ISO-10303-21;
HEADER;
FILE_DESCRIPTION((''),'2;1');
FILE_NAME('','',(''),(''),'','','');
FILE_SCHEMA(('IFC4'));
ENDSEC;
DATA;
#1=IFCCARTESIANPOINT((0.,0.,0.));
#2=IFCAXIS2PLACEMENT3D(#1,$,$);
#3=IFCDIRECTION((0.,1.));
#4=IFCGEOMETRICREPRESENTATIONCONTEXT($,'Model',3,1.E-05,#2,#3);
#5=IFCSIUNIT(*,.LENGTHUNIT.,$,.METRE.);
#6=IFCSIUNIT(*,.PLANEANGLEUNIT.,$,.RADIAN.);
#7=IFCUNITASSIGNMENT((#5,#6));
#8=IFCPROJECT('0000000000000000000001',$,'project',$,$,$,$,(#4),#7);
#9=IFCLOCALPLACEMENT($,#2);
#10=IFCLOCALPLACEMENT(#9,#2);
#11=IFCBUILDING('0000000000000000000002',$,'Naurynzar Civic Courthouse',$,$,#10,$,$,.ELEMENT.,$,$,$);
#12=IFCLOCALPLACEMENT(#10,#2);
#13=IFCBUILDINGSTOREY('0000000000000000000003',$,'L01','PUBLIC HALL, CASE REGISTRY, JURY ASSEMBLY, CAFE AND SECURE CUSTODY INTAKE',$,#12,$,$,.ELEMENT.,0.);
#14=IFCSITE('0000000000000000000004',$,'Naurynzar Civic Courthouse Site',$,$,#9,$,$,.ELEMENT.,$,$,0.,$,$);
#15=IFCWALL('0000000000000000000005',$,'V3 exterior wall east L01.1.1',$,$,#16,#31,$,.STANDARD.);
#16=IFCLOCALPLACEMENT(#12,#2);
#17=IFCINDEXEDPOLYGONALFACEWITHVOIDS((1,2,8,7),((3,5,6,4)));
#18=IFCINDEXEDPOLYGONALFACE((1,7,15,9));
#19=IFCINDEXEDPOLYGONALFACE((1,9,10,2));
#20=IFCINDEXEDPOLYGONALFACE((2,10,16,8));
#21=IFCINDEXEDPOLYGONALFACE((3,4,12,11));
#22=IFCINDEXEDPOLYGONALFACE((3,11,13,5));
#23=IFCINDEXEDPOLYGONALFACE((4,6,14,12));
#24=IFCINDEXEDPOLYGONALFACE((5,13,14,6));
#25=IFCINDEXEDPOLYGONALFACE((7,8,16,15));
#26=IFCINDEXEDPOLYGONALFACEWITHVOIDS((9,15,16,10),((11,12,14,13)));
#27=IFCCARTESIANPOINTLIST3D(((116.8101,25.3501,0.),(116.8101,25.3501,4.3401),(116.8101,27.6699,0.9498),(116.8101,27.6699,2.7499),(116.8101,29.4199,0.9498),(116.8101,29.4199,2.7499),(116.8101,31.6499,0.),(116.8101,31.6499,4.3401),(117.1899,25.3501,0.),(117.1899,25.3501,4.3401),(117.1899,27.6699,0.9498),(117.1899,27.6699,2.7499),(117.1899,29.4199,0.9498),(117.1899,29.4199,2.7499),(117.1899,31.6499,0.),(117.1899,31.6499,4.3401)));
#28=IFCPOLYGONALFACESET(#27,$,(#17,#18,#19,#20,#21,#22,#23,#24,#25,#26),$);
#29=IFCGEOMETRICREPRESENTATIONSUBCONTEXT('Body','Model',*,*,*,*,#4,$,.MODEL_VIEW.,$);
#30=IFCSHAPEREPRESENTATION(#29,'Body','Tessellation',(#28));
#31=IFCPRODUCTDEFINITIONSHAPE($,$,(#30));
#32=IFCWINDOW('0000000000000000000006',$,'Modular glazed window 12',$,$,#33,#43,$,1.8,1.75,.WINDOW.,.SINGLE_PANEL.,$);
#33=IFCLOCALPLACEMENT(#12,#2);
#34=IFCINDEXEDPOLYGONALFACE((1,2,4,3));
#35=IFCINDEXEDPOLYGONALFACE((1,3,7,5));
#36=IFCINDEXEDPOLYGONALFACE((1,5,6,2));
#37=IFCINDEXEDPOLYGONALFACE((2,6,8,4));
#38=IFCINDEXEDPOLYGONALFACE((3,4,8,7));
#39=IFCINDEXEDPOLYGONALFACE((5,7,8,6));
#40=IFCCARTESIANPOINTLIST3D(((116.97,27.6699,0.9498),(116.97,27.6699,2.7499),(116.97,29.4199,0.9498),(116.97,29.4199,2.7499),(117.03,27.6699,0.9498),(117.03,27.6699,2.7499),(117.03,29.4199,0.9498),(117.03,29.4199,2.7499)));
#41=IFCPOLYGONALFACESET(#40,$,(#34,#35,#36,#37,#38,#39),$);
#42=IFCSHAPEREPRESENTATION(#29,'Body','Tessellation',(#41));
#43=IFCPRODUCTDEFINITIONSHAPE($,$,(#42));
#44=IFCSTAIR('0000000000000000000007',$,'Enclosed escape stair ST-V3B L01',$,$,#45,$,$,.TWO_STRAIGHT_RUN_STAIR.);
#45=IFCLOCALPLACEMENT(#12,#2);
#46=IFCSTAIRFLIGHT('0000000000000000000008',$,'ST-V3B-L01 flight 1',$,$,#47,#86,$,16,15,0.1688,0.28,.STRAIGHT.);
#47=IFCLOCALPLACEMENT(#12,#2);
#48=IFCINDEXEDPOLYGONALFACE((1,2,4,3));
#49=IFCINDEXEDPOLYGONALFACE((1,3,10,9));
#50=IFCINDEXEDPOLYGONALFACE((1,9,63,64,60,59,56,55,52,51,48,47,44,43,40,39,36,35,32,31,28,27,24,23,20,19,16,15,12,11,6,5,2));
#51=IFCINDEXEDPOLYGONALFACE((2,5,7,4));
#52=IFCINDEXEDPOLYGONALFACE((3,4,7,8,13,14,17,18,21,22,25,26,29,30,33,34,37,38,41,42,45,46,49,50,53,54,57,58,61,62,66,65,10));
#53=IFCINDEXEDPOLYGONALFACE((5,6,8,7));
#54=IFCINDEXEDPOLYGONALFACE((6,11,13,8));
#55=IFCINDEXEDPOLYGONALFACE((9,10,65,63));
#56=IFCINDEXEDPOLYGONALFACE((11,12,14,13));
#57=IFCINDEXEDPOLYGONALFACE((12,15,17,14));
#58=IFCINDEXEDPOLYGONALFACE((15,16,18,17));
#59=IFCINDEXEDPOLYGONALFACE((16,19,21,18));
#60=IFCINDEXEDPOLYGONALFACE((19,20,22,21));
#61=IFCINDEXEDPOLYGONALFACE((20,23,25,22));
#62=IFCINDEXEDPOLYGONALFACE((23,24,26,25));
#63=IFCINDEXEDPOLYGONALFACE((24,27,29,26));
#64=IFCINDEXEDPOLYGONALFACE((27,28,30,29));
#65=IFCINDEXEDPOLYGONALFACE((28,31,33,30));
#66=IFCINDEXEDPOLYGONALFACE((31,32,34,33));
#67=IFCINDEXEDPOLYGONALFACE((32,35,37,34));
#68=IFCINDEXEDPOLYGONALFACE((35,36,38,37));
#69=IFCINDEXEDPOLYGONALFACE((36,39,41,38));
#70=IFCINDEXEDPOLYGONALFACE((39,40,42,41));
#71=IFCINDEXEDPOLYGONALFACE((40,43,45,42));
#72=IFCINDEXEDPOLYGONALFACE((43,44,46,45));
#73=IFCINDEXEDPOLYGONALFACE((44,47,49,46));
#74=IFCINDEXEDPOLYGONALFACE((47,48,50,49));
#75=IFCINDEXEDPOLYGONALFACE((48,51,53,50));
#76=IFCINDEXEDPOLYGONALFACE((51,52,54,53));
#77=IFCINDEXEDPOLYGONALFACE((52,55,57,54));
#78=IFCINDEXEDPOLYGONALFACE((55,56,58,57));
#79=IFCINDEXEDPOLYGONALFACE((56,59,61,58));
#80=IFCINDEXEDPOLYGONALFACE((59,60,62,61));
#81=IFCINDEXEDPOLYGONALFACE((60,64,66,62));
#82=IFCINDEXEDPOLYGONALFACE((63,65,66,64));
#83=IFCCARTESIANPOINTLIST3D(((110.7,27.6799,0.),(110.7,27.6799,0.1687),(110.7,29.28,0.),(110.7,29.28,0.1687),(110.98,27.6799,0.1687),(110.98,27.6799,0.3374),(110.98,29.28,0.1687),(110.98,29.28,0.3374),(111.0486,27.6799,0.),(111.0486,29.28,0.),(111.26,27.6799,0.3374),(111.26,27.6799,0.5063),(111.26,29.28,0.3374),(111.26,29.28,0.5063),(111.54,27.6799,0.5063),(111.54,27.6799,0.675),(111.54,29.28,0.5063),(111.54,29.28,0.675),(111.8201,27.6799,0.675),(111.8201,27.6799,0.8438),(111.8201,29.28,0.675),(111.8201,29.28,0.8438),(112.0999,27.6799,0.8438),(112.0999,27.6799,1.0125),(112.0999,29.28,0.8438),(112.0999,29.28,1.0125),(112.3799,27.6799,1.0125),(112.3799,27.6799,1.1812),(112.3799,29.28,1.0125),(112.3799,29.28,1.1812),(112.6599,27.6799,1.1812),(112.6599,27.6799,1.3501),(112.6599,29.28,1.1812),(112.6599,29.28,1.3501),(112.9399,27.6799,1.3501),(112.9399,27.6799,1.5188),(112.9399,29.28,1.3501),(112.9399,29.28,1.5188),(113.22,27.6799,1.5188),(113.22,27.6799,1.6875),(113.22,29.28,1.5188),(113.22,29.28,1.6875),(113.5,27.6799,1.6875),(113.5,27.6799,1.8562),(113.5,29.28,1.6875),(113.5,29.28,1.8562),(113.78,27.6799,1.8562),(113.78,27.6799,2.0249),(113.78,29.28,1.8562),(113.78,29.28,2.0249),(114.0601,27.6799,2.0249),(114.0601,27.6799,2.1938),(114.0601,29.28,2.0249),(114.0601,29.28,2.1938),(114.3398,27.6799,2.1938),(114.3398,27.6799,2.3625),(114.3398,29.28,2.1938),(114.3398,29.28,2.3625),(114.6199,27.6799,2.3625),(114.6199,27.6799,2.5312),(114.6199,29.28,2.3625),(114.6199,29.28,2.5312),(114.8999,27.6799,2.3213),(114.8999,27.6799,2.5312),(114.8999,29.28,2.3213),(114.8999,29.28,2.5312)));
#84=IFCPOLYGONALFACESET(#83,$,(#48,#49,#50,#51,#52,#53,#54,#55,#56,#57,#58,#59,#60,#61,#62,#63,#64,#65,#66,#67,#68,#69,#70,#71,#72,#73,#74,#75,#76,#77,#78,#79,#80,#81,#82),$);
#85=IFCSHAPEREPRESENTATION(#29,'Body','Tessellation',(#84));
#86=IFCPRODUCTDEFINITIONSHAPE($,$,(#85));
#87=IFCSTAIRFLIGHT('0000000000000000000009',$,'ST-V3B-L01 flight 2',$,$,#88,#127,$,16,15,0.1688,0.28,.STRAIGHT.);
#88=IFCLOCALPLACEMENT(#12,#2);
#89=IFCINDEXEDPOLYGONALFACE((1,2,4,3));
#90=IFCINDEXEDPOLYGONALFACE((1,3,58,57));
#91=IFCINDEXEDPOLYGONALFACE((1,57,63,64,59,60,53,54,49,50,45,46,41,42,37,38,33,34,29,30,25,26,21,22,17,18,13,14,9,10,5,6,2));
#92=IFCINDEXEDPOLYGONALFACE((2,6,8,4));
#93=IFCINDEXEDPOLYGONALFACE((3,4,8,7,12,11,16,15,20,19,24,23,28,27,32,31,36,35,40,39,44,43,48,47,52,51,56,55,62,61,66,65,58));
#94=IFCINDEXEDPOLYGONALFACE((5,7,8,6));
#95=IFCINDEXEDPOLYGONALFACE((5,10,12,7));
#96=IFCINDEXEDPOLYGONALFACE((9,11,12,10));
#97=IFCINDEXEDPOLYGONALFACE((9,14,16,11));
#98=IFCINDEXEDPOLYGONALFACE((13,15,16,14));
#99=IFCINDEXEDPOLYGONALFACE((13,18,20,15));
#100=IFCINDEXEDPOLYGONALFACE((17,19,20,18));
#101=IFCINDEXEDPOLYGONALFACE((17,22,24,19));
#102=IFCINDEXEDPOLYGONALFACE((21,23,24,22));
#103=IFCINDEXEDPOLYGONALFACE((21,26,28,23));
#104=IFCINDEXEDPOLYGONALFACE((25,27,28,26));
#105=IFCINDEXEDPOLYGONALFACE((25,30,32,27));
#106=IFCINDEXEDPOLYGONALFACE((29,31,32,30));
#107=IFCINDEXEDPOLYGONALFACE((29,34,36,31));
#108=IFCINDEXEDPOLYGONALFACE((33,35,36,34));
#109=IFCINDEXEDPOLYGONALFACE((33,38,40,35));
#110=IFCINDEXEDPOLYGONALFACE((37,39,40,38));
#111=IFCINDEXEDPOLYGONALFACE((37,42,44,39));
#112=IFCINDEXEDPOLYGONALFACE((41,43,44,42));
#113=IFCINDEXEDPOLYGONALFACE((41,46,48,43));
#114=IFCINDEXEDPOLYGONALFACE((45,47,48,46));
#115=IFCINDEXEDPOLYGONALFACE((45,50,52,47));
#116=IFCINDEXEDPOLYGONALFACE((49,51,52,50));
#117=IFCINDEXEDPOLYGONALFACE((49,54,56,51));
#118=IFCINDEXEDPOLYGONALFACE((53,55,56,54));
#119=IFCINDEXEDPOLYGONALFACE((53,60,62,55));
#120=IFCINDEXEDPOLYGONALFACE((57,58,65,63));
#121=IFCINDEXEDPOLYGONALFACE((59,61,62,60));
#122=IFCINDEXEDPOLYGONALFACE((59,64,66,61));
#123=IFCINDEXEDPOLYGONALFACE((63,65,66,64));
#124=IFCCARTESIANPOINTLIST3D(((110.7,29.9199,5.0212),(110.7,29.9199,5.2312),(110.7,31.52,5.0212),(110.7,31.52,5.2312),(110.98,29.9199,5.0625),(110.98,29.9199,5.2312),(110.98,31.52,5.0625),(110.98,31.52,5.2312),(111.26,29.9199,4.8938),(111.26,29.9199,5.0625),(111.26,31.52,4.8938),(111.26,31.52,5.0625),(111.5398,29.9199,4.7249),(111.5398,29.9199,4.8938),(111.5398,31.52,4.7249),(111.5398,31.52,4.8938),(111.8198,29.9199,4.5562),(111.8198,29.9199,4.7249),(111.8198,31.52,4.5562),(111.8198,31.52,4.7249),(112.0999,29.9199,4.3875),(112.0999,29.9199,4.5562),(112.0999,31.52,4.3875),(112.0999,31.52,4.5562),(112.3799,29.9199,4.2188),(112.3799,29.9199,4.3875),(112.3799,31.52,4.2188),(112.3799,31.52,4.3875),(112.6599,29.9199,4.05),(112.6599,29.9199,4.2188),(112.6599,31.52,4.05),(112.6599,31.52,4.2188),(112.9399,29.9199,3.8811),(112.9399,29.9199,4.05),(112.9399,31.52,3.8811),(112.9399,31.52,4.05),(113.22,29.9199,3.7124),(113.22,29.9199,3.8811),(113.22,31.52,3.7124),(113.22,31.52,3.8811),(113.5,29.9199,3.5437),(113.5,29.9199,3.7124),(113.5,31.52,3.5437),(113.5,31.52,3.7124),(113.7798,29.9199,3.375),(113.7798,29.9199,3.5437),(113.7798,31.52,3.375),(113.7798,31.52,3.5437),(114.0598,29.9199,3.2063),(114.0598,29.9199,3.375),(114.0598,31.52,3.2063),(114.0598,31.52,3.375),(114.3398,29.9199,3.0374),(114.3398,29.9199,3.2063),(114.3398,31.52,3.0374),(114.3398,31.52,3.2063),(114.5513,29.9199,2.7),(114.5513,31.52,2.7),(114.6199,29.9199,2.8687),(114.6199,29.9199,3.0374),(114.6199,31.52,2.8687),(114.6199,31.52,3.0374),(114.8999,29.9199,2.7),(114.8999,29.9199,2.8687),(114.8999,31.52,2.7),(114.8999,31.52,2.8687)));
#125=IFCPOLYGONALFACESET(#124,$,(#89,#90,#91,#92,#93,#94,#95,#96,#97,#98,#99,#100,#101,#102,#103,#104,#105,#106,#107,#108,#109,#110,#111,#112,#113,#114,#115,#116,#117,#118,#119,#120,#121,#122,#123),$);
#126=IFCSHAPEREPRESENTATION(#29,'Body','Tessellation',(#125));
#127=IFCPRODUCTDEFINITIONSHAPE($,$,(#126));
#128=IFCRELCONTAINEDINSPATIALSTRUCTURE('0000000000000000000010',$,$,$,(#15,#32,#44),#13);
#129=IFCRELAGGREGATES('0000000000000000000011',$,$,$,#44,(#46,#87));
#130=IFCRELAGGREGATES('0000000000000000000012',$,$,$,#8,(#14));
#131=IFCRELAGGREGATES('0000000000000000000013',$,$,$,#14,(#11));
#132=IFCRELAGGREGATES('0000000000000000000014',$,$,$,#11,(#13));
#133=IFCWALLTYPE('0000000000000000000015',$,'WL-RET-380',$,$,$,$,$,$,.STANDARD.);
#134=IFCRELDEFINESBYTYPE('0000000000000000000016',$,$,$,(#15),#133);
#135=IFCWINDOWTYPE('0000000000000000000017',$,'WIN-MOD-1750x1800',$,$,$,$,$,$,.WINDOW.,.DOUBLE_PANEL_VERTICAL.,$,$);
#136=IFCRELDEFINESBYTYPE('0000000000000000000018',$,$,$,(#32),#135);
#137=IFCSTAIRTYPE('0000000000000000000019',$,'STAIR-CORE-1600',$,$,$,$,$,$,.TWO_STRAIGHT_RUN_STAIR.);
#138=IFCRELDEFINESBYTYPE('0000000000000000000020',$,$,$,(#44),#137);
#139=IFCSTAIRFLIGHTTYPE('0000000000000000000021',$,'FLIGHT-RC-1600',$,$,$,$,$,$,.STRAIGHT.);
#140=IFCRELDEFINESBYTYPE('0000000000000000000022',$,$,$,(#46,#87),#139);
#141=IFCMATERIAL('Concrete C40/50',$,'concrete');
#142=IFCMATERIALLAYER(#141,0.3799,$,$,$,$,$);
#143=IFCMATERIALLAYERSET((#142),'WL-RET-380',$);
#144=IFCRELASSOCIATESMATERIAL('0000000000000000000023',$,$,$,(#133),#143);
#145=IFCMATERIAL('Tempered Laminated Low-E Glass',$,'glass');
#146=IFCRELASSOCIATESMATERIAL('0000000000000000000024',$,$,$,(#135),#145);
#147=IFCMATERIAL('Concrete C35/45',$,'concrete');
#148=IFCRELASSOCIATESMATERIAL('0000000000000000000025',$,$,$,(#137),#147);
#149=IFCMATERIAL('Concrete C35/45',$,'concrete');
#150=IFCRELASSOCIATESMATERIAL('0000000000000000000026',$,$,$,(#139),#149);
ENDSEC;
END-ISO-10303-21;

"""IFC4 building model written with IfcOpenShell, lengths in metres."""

from ifc_helpers import new_model, si_unit, direction, frame, frame_2d, origin, place, context, subcontext, project, spatial, polyline, rectangle, outline, extrude, material, layer, layer_set, type_object, element, fill, aggregate, save


model = new_model("IFC4")

# Units and contexts
model_context = context("Model", 3, precision=1e-05, world=origin(), true_north=direction((0.0, 1.0)))
body_context = subcontext(model_context, "Body", "Model", "MODEL_VIEW")
ifc_project = project(units=[si_unit("LENGTHUNIT", "METRE"), si_unit("PLANEANGLEUNIT", "RADIAN")], contexts=[model_context])

# Site, building, storey
site_placement = place(None, origin())
site = spatial("IfcSite", under=ifc_project, at=site_placement, Name="Naurynzar Civic Courthouse Site", CompositionType="ELEMENT", RefElevation=0.0)
building_placement = place(site_placement, origin())
building = spatial("IfcBuilding", under=site, at=building_placement, Name="Naurynzar Civic Courthouse", CompositionType="ELEMENT")
storey_placement = place(building_placement, origin())
storey = spatial("IfcBuildingStorey", under=building, at=storey_placement, Name="L01", Description="PUBLIC HALL, CASE REGISTRY, JURY ASSEMBLY, CAFE AND SECURE CUSTODY INTAKE", CompositionType="ELEMENT", Elevation=0.0)

# Wall, opening, window
ifc_material_1 = material(Name="Concrete C40/50", Category="concrete")
ifc_layer_1 = layer(ifc_material_1, 0.3799)
ifc_layer_set_1 = layer_set([ifc_layer_1], Name="WL-RET-380")
wall_type_1 = type_object("IfcWallType", Name="WL-RET-380", PredefinedType="STANDARD", material=ifc_layer_set_1)
wall_1_placement = place(storey_placement, frame((117.0, 31.6499, 0.0), z_axis=(0.0, 0.0, 1.0), x_axis=(0.0, -1.0, 0.0)))
wall_1 = element("IfcWall", 1, at=wall_1_placement, inside=storey, type_object=wall_type_1, Name="V3 exterior wall east L01.1.1", PredefinedType="STANDARD", context=body_context, shape_type="SweptSolid", body=[
    extrude(rectangle(XDim=6.2998, YDim=0.3799, at=frame_2d((3.1499, 0.0))), origin(), (0.0, 0.0, 1.0), 4.3401),
])
opening_1_placement = place(wall_1_placement, frame((2.23, 0.0, 0.95)))
opening_1 = element("IfcOpeningElement", 2, at=opening_1_placement, cuts=wall_1, PredefinedType="OPENING", context=body_context, shape_type="SweptSolid", body=[
    extrude(rectangle(XDim=1.75, YDim=1.8, at=frame_2d((0.875, 0.8999))), frame((0.0, 0.2, 0.0), z_axis=(0.0, -1.0, 0.0), x_axis=(1.0, 0.0, 0.0)), (0.0, 0.0, 1.0), 0.3999),
])
ifc_material_2 = material(Name="Tempered Laminated Low-E Glass", Category="glass")
window_type_1 = type_object("IfcWindowType", Name="WIN-MOD-1750x1800", PartitioningType="DOUBLE_PANEL_VERTICAL", PredefinedType="WINDOW", material=ifc_material_2)
window_1_placement = place(opening_1_placement, origin())
window_1 = element("IfcWindow", 3, at=window_1_placement, inside=storey, type_object=window_type_1, Name="Modular glazed window 12", OverallHeight=1.8, OverallWidth=1.75, PartitioningType="SINGLE_PANEL", PredefinedType="WINDOW", context=body_context, shape_type="SweptSolid", body=[
    extrude(rectangle(XDim=1.75, YDim=1.8, at=frame_2d((0.875, 0.8999))), frame((0.0, 0.03, 0.0), z_axis=(0.0, -1.0, 0.0), x_axis=(1.0, 0.0, 0.0)), (0.0, 0.0, 1.0), 0.0601),
])
fill(opening_1, window_1)

# Stair, stair flights
ifc_material_3 = material(Name="Concrete C35/45", Category="concrete")
stair_type = type_object("IfcStairType", Name="STAIR-CORE-1600", PredefinedType="TWO_STRAIGHT_RUN_STAIR", material=ifc_material_3)
stair_placement = place(storey_placement, origin())
stair = element("IfcStair", 4, at=stair_placement, inside=storey, type_object=stair_type, Name="Enclosed escape stair ST-V3B L01", PredefinedType="TWO_STRAIGHT_RUN_STAIR")
ifc_material_4 = material(Name="Concrete C35/45", Category="concrete")
stair_flight_type = type_object("IfcStairFlightType", Name="FLIGHT-RC-1600", PredefinedType="STRAIGHT", material=ifc_material_4)
stair_flight_1_placement = place(storey_placement, frame((110.7, 28.48, 0.0), z_axis=(0.0, 0.0, 1.0), x_axis=(1.0, 0.0, 0.0)))
stair_flight_1 = element("IfcStairFlight", 5, at=stair_flight_1_placement, type_object=stair_flight_type, Name="ST-V3B-L01 flight 1", NumberOfRisers=16, NumberOfTreads=15, PredefinedType="STRAIGHT", RiserHeight=0.1688, TreadLength=0.28, context=body_context, shape_type="SweptSolid", body=[
    extrude(outline(polyline([(0.0, 0.0), (0.0, 0.1687), (0.28, 0.1687), (0.28, 0.3374), (0.5601, 0.3374), (0.5601, 0.5063), (0.8401, 0.5063), (0.8401, 0.675), (1.1201, 0.675), (1.1201, 0.8438), (1.3999, 0.8438), (1.3999, 1.0125), (1.6799, 1.0125), (1.6799, 1.1812), (1.96, 1.1812), (1.96, 1.3501), (2.24, 1.3501), (2.24, 1.5188), (2.52, 1.5188), (2.52, 1.6875), (2.8, 1.6875), (2.8, 1.8562), (3.0801, 1.8562), (3.0801, 2.0249), (3.3601, 2.0249), (3.3601, 2.1938), (3.6399, 2.1938), (3.6399, 2.3625), (3.9199, 2.3625), (3.9199, 2.5312), (4.2, 2.5312), (4.2, 2.7), (4.2, 2.3213), (0.3486, 0.0), (0.0, 0.0)])), frame((0.0, 0.8, 0.0), z_axis=(0.0, -1.0, 0.0), x_axis=(1.0, 0.0, 0.0)), (0.0, 0.0, 1.0), 1.6001),
])
stair_flight_2_placement = place(storey_placement, frame((114.8999, 30.72, 2.7), z_axis=(0.0, 0.0, 1.0), x_axis=(-1.0, 0.0, 0.0)))
stair_flight_2 = element("IfcStairFlight", 6, at=stair_flight_2_placement, type_object=stair_flight_type, Name="ST-V3B-L01 flight 2", NumberOfRisers=16, NumberOfTreads=15, PredefinedType="STRAIGHT", RiserHeight=0.1688, TreadLength=0.28, context=body_context, shape_type="SweptSolid", body=[
    extrude(outline(polyline([(0.0, 0.0), (0.0, 0.1687), (0.28, 0.1687), (0.28, 0.3374), (0.5601, 0.3374), (0.5601, 0.5063), (0.8401, 0.5063), (0.8401, 0.675), (1.1201, 0.675), (1.1201, 0.8438), (1.3999, 0.8438), (1.3999, 1.0125), (1.6799, 1.0125), (1.6799, 1.1812), (1.96, 1.1812), (1.96, 1.3501), (2.24, 1.3501), (2.24, 1.5188), (2.52, 1.5188), (2.52, 1.6875), (2.8, 1.6875), (2.8, 1.8562), (3.0801, 1.8562), (3.0801, 2.0249), (3.3601, 2.0249), (3.3601, 2.1938), (3.6399, 2.1938), (3.6399, 2.3625), (3.9199, 2.3625), (3.9199, 2.5312), (4.2, 2.5312), (4.2, 2.7), (4.2, 2.3213), (0.3486, 0.0), (0.0, 0.0)])), frame((0.0, 0.8, 0.0), z_axis=(0.0, -1.0, 0.0), x_axis=(1.0, 0.0, 0.0)), (0.0, 0.0, 1.0), 1.6001),
])
aggregate(stair, [stair_flight_1, stair_flight_2])

save(model, "model.ifc")
